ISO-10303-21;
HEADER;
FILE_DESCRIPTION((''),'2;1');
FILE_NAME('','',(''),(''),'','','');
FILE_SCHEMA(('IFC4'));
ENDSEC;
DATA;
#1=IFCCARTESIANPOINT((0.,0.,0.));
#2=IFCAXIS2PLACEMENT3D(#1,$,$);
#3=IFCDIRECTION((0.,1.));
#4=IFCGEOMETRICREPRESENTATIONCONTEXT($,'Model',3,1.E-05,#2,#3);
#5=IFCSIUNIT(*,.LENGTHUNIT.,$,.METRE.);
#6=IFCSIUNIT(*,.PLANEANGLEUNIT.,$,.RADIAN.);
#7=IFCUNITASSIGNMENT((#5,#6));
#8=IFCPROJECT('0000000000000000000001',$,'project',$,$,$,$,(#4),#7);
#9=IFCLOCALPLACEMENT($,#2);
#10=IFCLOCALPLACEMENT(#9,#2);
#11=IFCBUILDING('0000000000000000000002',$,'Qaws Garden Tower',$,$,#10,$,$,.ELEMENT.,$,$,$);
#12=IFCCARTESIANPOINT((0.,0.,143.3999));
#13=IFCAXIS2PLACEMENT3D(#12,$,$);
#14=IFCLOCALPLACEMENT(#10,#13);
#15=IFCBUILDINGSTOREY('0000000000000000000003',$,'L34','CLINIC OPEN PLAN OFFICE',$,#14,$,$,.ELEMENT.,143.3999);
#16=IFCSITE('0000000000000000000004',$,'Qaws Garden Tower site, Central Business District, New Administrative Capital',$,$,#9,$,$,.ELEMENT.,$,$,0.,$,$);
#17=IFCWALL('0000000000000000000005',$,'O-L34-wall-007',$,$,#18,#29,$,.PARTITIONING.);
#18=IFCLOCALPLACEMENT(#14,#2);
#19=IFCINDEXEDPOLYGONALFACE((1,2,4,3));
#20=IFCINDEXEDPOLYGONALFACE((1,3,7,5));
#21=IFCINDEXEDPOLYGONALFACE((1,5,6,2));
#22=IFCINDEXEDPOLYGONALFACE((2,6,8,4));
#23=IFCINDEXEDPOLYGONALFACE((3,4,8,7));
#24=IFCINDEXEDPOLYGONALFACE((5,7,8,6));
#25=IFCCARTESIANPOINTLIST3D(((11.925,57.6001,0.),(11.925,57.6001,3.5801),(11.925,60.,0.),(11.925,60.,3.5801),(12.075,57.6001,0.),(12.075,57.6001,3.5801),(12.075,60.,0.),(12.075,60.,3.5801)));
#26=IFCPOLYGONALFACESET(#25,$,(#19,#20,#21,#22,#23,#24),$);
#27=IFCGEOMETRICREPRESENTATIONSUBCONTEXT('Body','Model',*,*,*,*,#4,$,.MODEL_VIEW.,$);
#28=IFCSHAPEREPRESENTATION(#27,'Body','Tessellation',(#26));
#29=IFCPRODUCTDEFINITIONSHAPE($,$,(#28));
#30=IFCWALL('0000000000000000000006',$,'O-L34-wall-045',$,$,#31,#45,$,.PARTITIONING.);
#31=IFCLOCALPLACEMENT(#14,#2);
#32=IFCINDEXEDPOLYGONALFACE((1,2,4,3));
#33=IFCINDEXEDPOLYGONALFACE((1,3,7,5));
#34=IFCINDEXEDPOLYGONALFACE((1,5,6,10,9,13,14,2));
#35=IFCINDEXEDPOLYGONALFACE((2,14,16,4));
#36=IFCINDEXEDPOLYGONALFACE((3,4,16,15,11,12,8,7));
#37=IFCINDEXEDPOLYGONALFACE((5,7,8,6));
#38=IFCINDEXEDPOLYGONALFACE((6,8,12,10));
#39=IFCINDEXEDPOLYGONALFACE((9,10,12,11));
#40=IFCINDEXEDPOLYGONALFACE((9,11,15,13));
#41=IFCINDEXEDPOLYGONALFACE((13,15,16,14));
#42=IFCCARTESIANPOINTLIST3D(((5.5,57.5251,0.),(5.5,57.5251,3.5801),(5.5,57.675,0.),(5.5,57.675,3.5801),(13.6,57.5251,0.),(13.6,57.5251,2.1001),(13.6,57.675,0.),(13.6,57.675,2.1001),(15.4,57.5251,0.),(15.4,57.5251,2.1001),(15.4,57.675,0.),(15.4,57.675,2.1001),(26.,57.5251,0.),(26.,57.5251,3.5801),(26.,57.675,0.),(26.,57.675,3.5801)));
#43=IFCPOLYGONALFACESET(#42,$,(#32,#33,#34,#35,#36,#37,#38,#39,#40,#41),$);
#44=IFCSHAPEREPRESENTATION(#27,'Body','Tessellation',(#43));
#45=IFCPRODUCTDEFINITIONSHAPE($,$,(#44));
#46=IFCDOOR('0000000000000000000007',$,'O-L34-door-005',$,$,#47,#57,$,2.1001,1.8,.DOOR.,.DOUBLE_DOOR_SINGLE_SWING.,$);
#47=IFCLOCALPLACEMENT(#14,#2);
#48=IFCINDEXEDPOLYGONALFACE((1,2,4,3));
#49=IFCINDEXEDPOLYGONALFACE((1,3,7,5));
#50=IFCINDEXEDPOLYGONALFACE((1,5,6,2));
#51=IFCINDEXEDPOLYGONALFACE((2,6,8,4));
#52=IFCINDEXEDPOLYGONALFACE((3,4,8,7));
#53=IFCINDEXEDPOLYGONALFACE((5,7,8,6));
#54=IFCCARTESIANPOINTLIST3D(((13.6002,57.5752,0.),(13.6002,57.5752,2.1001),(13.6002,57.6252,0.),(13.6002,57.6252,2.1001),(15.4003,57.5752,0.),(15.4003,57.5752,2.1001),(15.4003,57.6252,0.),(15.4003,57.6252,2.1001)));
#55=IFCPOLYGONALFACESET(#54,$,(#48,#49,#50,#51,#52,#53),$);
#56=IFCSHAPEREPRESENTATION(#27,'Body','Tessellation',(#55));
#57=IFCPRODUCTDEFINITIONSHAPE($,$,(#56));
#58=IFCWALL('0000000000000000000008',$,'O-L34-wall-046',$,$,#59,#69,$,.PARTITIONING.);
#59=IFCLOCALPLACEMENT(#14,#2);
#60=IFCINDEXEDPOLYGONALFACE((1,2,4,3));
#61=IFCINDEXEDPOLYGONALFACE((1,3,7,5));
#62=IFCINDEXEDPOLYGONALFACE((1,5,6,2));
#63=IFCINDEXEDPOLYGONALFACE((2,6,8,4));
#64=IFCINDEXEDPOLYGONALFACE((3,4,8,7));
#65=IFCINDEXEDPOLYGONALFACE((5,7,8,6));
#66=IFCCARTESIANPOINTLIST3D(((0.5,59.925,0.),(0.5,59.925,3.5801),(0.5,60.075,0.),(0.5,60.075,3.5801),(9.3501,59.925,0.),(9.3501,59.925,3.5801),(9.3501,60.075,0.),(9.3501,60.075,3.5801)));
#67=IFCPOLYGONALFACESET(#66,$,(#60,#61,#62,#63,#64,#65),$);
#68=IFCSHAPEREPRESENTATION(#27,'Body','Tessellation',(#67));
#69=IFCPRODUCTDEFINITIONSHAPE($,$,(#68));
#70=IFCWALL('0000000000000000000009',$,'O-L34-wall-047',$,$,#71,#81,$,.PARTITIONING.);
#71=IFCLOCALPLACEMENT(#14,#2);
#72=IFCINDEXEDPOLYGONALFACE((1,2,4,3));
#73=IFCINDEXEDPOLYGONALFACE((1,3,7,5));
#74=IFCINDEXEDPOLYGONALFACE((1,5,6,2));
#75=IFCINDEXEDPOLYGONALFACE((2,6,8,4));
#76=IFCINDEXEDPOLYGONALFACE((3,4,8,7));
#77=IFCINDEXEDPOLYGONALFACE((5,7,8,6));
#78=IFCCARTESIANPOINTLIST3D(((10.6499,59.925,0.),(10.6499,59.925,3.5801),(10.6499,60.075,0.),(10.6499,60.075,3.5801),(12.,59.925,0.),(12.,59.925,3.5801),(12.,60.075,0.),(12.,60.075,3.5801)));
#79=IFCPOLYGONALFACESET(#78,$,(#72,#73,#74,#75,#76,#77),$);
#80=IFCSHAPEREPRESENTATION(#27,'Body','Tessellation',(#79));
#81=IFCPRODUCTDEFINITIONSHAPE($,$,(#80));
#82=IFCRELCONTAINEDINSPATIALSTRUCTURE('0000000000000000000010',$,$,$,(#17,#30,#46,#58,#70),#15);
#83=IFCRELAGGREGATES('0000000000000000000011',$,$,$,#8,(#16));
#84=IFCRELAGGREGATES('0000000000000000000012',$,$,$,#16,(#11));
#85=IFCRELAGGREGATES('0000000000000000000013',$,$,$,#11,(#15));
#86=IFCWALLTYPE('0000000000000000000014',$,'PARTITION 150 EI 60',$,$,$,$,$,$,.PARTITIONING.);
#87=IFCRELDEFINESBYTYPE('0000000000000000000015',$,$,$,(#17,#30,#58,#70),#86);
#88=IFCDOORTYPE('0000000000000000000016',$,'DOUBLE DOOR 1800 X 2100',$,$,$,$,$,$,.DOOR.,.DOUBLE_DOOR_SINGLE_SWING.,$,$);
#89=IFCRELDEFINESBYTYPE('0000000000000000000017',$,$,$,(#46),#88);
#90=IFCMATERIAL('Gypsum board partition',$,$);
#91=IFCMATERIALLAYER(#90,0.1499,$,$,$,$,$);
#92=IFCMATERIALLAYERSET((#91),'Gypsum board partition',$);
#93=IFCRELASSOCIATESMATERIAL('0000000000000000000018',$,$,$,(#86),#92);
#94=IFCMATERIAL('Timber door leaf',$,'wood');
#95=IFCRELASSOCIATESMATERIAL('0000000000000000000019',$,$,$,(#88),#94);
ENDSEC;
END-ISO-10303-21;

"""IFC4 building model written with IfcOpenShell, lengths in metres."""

from ifc_helpers import new_model, si_unit, direction, frame, frame_2d, origin, place, context, subcontext, project, spatial, rectangle, extrude, material, layer, layer_set, type_object, element, fill, save


model = new_model("IFC4")

# Units and contexts
model_context = context("Model", 3, precision=1e-05, world=origin(), true_north=direction((0.0, 1.0)))
body_context = subcontext(model_context, "Body", "Model", "MODEL_VIEW")
ifc_project = project(units=[si_unit("LENGTHUNIT", "METRE"), si_unit("PLANEANGLEUNIT", "RADIAN")], contexts=[model_context])

# Site, building, storey
site_placement = place(None, origin())
site = spatial("IfcSite", under=ifc_project, at=site_placement, Name="Qaws Garden Tower site, Central Business District, New Administrative Capital", CompositionType="ELEMENT", RefElevation=0.0)
building_placement = place(site_placement, origin())
building = spatial("IfcBuilding", under=site, at=building_placement, Name="Qaws Garden Tower", CompositionType="ELEMENT")
storey_placement = place(building_placement, frame((0.0, 0.0, 143.3999)))
storey = spatial("IfcBuildingStorey", under=building, at=storey_placement, Name="L34", Description="CLINIC OPEN PLAN OFFICE", CompositionType="ELEMENT", Elevation=143.3999)

# Shared definitions
ifc_material_1 = material(Name="Gypsum board partition")
ifc_layer_1 = layer(ifc_material_1, 0.1499)
ifc_layer_set_1 = layer_set([ifc_layer_1], Name="Gypsum board partition")
wall_type_1 = type_object("IfcWallType", Name="PARTITION 150 EI 60", PredefinedType="PARTITIONING", material=ifc_layer_set_1)
ifc_material_2 = material(Name="Timber door leaf", Category="wood")
door_type_1 = type_object("IfcDoorType", Name="DOUBLE DOOR 1800 X 2100", OperationType="DOUBLE_DOOR_SINGLE_SWING", PredefinedType="DOOR", material=ifc_material_2)

# Wall
wall_1_placement = place(storey_placement, frame((12.0, 57.6001, 0.0), z_axis=(0.0, 0.0, 1.0), x_axis=(0.0, 1.0, 0.0)))
element("IfcWall", 1, at=wall_1_placement, inside=storey, type_object=wall_type_1, Name="O-L34-wall-007", PredefinedType="PARTITIONING", context=body_context, shape_type="SweptSolid", body=[
    extrude(rectangle(XDim=2.3999, YDim=0.1499, at=frame_2d((1.2, 0.0))), origin(), (0.0, 0.0, 1.0), 3.5801),
])

# Wall, opening, door
wall_2_placement = place(storey_placement, frame((5.5, 57.6001, 0.0), z_axis=(0.0, 0.0, 1.0), x_axis=(1.0, 0.0, 0.0)))
wall_2 = element("IfcWall", 2, at=wall_2_placement, inside=storey, type_object=wall_type_1, Name="O-L34-wall-045", PredefinedType="PARTITIONING", context=body_context, shape_type="SweptSolid", body=[
    extrude(rectangle(XDim=20.5, YDim=0.1499, at=frame_2d((10.25, 0.0))), origin(), (0.0, 0.0, 1.0), 3.5801),
])
opening_1_placement = place(wall_2_placement, frame((8.1001, 0.0, 0.0)))
opening_1 = element("IfcOpeningElement", 3, at=opening_1_placement, cuts=wall_2, PredefinedType="OPENING", context=body_context, shape_type="SweptSolid", body=[
    extrude(rectangle(XDim=1.8, YDim=2.1001, at=frame_2d((0.8999, 1.05))), frame((0.0, 0.085, 0.0), z_axis=(0.0, -1.0, 0.0), x_axis=(1.0, 0.0, 0.0)), (0.0, 0.0, 1.0), 0.1699),
])
door_1_placement = place(opening_1_placement, frame((1.8, 0.0, 0.0), z_axis=(0.0, 0.0, 1.0), x_axis=(-1.0, 0.0, 0.0)))
door_1 = element("IfcDoor", 4, at=door_1_placement, inside=storey, type_object=door_type_1, Name="O-L34-door-005", OperationType="DOUBLE_DOOR_SINGLE_SWING", OverallHeight=2.1001, OverallWidth=1.8, PredefinedType="DOOR", context=body_context, shape_type="SweptSolid", body=[
    extrude(rectangle(XDim=1.8, YDim=2.1001, at=frame_2d((0.8999, 1.05))), frame((0.0, 0.0249, 0.0), z_axis=(0.0, -1.0, 0.0), x_axis=(1.0, 0.0, 0.0)), (0.0, 0.0, 1.0), 0.05),
])
fill(opening_1, door_1)

# Walls
wall_3_placement = place(storey_placement, frame((0.5, 60.0, 0.0), z_axis=(0.0, 0.0, 1.0), x_axis=(1.0, 0.0, 0.0)))
element("IfcWall", 5, at=wall_3_placement, inside=storey, type_object=wall_type_1, Name="O-L34-wall-046", PredefinedType="PARTITIONING", context=body_context, shape_type="SweptSolid", body=[
    extrude(rectangle(XDim=8.8501, YDim=0.1499, at=frame_2d((4.425, 0.0))), origin(), (0.0, 0.0, 1.0), 3.5801),
])
wall_4_placement = place(storey_placement, frame((10.6499, 60.0, 0.0), z_axis=(0.0, 0.0, 1.0), x_axis=(1.0, 0.0, 0.0)))
element("IfcWall", 6, at=wall_4_placement, inside=storey, type_object=wall_type_1, Name="O-L34-wall-047", PredefinedType="PARTITIONING", context=body_context, shape_type="SweptSolid", body=[
    extrude(rectangle(XDim=1.3501, YDim=0.1499, at=frame_2d((0.675, 0.0))), origin(), (0.0, 0.0, 1.0), 3.5801),
])

save(model, "model.ifc")
